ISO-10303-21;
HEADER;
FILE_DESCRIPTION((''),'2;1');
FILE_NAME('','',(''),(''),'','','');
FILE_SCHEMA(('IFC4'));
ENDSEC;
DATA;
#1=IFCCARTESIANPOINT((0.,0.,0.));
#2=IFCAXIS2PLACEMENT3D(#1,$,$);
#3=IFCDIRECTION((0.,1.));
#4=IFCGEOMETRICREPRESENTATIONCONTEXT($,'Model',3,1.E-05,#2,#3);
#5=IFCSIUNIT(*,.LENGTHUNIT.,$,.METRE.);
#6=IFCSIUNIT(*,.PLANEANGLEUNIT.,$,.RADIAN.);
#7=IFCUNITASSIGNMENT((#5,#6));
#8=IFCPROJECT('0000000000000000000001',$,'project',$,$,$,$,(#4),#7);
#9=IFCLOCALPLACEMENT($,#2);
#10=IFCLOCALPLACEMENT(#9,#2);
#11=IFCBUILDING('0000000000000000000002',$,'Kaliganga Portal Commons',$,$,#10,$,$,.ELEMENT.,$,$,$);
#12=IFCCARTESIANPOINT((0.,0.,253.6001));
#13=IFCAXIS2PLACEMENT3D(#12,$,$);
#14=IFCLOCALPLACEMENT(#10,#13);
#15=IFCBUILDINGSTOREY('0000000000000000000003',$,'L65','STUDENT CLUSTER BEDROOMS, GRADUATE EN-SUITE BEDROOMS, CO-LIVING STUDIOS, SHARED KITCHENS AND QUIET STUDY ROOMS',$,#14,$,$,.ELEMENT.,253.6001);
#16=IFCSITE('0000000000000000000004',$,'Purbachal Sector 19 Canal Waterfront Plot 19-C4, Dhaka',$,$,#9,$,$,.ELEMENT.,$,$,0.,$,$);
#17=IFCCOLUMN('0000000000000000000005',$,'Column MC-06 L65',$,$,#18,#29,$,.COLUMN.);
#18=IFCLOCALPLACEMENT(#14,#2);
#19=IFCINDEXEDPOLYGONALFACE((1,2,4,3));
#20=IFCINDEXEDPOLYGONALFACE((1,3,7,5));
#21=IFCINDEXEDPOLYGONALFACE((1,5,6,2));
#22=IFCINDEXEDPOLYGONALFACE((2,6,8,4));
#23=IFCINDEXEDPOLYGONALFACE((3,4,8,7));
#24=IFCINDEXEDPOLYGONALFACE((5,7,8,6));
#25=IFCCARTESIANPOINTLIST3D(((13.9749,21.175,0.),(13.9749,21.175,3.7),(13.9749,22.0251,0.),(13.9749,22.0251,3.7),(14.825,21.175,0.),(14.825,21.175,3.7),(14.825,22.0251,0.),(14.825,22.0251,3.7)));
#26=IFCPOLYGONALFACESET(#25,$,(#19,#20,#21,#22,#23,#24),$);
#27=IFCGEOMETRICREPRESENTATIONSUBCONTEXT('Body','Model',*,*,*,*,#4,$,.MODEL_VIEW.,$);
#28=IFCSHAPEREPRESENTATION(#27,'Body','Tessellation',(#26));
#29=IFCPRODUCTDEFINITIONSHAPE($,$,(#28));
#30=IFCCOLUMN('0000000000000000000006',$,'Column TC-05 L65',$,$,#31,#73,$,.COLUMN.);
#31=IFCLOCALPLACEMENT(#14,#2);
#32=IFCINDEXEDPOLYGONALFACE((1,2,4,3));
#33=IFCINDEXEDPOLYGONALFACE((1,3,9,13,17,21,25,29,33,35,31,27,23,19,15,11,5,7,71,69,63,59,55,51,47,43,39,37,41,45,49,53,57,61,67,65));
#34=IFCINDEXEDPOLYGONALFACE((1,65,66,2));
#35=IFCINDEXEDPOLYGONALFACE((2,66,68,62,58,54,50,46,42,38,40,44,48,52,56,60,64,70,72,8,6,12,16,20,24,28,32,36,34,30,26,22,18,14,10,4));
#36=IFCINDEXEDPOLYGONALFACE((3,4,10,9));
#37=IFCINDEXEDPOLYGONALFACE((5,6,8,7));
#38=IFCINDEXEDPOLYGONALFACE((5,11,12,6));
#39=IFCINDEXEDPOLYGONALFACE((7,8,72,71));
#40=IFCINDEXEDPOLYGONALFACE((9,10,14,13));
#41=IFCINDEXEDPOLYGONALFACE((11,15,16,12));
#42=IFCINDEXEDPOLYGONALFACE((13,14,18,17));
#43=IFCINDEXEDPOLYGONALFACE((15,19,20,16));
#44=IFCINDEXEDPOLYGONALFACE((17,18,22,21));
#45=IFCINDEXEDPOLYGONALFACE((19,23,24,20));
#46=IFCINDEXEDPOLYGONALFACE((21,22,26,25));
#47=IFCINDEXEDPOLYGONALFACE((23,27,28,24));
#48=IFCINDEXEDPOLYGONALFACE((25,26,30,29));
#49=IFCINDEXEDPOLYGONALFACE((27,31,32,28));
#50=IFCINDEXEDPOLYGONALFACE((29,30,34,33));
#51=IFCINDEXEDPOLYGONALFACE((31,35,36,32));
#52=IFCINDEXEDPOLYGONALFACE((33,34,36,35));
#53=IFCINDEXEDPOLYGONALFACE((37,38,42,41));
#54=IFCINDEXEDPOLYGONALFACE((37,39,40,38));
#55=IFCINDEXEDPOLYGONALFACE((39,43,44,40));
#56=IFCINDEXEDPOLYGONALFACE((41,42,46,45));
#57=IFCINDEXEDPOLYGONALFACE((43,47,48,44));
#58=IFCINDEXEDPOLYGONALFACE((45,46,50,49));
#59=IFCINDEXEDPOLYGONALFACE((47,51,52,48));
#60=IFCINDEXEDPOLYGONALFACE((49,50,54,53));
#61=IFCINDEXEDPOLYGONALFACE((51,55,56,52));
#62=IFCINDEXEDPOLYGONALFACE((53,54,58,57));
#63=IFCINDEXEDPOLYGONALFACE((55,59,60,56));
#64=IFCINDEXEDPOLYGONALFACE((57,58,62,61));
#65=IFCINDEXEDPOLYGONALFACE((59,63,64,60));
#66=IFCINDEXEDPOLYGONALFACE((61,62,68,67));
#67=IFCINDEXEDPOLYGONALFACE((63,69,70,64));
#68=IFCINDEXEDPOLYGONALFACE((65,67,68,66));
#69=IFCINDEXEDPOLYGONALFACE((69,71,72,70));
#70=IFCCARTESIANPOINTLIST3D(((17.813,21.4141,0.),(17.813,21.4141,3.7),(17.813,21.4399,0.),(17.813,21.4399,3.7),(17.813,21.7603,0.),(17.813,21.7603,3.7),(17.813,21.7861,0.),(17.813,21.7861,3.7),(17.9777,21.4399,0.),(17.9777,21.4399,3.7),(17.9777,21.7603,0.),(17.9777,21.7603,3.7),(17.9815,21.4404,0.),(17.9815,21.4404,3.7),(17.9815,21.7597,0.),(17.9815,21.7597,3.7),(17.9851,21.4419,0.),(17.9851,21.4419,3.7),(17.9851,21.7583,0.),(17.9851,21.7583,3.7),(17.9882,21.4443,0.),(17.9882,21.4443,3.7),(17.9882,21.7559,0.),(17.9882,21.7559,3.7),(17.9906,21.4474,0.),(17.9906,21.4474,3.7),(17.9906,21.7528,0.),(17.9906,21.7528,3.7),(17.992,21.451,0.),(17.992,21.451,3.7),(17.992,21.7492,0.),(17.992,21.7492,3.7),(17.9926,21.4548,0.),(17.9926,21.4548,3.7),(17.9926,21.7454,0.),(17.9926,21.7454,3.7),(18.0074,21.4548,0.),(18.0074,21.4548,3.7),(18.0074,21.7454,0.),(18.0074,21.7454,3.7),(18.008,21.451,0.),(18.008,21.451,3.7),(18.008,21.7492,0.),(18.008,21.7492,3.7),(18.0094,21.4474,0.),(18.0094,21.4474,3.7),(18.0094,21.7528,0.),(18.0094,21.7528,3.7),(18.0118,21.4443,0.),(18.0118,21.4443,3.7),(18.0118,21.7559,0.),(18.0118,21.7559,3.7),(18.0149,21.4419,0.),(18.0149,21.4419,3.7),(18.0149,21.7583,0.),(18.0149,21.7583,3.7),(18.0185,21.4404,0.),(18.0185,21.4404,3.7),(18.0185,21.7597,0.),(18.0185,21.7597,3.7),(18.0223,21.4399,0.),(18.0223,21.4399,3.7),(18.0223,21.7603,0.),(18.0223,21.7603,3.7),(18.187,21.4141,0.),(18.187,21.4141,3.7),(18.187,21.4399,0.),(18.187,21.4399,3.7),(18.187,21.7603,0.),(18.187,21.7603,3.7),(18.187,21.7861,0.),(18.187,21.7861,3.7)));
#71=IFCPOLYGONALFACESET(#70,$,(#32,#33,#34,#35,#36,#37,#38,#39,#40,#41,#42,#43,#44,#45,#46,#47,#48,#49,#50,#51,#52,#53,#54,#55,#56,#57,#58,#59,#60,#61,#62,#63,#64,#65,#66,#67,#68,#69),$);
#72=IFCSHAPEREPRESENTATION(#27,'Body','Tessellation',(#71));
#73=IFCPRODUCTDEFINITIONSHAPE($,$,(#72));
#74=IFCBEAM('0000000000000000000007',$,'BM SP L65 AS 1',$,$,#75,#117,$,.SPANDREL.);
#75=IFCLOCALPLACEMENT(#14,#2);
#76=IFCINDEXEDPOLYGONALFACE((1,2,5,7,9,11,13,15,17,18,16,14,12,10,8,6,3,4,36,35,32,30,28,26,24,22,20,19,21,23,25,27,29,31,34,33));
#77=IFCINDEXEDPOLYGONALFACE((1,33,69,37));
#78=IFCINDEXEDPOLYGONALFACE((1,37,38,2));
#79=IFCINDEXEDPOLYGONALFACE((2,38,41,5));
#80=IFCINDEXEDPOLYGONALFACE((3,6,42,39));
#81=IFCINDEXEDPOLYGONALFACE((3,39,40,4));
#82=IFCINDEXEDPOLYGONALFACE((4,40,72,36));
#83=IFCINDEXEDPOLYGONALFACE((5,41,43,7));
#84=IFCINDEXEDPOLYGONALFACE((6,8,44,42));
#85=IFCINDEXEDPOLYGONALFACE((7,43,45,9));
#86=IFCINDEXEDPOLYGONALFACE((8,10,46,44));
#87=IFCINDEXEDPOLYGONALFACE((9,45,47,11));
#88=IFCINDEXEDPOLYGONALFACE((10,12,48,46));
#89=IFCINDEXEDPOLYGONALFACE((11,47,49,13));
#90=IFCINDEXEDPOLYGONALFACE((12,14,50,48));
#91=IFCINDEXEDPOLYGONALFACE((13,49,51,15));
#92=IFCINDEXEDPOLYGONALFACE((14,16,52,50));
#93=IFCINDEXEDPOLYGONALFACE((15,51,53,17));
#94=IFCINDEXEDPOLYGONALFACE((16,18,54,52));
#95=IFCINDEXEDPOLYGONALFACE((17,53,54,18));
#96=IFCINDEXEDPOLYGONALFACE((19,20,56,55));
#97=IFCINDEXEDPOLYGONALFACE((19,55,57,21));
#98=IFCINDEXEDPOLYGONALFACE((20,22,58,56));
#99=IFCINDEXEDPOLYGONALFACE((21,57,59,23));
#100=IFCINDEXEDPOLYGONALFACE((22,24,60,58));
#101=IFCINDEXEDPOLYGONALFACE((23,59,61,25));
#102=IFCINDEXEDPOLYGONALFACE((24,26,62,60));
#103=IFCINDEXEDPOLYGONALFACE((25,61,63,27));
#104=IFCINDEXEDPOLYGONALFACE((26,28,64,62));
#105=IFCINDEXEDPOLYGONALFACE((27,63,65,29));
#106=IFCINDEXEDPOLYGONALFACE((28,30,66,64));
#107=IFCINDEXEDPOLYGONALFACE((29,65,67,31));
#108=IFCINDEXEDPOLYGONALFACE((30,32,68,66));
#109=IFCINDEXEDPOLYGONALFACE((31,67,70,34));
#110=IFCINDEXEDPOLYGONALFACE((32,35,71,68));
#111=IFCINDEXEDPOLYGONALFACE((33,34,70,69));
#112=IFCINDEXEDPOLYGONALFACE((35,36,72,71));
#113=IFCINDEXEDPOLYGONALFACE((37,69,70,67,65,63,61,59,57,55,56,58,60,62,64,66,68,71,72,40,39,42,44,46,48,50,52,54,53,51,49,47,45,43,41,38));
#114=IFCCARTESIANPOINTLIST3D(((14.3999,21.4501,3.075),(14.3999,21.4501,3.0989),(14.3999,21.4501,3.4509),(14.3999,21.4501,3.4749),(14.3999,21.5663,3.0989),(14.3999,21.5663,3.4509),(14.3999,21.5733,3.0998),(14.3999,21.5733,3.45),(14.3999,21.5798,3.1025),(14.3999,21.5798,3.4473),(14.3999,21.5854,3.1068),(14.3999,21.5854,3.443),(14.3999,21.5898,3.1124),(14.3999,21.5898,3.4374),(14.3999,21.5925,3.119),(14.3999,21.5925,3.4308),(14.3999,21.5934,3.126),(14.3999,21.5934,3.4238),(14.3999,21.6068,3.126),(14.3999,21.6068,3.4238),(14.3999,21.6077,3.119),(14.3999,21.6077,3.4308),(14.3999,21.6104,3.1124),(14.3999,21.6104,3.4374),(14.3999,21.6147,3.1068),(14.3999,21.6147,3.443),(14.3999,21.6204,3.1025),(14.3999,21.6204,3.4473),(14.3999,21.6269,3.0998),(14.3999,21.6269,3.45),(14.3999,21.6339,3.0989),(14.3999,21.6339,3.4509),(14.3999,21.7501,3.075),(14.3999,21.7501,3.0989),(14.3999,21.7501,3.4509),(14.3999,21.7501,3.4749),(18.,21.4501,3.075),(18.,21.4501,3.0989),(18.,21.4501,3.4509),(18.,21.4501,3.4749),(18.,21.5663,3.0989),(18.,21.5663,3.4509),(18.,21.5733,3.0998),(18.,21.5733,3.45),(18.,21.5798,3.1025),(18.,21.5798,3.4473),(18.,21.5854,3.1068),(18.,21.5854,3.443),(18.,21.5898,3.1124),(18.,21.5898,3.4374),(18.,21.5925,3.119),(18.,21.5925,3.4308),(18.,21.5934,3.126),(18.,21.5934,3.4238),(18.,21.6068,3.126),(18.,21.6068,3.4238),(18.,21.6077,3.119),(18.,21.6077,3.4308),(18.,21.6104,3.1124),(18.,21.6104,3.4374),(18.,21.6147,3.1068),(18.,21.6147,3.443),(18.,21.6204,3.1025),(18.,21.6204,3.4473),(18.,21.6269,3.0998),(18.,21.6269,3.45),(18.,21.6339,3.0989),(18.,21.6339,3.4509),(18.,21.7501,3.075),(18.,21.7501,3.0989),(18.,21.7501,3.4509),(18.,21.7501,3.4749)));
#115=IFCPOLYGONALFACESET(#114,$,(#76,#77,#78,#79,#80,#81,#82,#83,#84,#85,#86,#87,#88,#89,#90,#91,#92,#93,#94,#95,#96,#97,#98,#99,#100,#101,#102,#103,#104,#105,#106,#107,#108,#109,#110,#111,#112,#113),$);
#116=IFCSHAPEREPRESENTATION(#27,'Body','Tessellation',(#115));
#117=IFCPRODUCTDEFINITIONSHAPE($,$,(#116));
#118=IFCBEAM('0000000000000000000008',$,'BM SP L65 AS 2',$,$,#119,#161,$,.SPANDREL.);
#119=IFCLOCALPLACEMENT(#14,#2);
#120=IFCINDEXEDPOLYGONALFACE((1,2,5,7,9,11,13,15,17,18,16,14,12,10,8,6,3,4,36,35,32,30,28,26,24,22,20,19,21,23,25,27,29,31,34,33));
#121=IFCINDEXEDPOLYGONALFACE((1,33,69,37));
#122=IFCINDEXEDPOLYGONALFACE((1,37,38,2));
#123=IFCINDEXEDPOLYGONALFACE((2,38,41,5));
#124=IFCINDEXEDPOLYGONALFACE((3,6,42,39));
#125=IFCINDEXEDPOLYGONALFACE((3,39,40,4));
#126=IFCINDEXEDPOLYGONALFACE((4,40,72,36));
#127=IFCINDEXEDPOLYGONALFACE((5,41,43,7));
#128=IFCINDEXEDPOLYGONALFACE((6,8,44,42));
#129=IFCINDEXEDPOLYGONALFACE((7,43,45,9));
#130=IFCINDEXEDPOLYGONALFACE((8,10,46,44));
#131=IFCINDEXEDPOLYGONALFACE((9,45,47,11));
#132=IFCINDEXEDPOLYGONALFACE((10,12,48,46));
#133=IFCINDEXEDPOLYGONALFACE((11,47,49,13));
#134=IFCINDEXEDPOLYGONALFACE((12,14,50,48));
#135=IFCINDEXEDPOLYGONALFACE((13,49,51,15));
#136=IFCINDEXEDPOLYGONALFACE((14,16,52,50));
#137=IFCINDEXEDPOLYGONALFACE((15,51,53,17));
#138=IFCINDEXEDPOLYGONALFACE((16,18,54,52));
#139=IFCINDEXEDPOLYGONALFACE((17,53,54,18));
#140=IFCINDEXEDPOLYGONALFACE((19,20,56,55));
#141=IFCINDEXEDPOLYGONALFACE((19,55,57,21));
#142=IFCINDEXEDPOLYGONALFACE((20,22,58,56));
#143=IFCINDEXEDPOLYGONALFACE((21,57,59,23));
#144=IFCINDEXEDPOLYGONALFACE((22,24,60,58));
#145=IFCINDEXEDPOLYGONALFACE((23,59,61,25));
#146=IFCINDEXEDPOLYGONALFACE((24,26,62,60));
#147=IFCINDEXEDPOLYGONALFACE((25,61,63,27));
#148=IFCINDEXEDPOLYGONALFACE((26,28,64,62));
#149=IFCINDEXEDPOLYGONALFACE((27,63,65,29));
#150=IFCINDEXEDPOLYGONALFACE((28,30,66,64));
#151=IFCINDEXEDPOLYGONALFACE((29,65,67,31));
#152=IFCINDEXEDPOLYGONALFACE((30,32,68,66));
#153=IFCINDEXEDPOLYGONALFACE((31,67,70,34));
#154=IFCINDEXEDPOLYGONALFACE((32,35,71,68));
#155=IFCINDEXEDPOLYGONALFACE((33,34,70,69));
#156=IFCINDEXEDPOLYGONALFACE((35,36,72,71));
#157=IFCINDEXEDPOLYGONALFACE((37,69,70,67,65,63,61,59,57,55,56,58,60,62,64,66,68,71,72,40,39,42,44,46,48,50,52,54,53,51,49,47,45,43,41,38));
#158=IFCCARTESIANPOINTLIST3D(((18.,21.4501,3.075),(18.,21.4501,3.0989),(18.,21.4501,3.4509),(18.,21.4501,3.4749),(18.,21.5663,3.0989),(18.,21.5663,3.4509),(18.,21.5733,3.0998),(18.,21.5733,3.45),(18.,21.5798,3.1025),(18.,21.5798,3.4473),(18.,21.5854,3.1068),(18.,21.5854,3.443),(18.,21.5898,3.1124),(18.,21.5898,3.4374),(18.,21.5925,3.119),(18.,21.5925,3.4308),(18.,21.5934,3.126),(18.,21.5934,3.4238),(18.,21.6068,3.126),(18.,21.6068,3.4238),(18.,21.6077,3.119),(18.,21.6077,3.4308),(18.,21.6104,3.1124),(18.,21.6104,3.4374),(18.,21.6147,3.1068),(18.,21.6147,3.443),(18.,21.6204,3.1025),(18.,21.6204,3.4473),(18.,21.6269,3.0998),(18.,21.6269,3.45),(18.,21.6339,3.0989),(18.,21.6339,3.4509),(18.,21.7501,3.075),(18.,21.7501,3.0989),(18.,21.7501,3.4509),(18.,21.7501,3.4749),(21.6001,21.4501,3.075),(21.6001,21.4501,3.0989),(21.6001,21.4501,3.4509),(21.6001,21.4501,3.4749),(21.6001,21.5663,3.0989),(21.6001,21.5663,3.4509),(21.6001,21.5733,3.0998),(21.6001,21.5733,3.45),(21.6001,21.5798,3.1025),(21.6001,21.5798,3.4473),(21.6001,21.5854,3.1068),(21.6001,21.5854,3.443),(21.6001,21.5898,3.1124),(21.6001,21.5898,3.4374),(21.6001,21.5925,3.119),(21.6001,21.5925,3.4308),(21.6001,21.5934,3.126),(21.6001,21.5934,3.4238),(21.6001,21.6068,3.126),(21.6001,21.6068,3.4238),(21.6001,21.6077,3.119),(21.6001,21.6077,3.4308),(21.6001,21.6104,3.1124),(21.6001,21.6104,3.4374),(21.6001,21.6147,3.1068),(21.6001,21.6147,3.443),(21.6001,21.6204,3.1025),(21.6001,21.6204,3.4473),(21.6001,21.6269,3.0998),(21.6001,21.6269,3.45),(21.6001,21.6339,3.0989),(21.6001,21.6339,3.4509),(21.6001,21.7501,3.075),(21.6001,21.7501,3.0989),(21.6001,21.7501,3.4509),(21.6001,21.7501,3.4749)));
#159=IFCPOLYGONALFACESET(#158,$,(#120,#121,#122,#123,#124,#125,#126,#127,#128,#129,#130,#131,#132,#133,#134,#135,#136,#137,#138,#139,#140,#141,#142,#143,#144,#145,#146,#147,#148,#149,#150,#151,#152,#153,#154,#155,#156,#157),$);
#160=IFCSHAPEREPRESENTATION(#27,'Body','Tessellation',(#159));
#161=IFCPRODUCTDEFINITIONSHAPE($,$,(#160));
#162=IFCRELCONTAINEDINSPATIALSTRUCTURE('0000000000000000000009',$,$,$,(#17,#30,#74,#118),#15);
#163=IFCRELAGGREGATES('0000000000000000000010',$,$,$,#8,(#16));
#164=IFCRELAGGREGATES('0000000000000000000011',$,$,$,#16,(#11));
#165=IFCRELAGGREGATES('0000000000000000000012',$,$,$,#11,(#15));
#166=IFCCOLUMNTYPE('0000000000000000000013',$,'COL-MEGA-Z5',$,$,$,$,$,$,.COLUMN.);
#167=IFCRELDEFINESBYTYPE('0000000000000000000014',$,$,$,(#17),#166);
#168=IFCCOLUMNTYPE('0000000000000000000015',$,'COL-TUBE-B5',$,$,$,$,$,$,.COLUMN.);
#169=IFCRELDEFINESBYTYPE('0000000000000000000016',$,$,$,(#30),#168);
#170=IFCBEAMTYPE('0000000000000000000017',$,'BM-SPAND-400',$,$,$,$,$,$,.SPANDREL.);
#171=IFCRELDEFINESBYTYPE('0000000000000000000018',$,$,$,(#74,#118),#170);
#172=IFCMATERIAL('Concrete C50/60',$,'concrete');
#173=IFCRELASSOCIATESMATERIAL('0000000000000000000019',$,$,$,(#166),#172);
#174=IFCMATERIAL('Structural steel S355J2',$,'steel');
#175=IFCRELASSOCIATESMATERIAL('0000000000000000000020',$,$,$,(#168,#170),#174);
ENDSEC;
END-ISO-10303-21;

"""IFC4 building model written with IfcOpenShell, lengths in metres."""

from ifc_helpers import new_model, si_unit, direction, frame, origin, origin_2d, place, context, subcontext, project, spatial, rectangle, i_section, extrude, source, transform, mapped, material, material_profile, profile_set, type_object, element, save


model = new_model("IFC4")

# Units and contexts
model_context = context("Model", 3, precision=1e-05, world=origin(), true_north=direction((0.0, 1.0)))
body_context = subcontext(model_context, "Body", "Model", "MODEL_VIEW")
ifc_project = project(units=[si_unit("LENGTHUNIT", "METRE"), si_unit("PLANEANGLEUNIT", "RADIAN")], contexts=[model_context])

# Site, building, storey
site_placement = place(None, origin())
site = spatial("IfcSite", under=ifc_project, at=site_placement, Name="Purbachal Sector 19 Canal Waterfront Plot 19-C4, Dhaka", CompositionType="ELEMENT", RefElevation=0.0)
building_placement = place(site_placement, origin())
building = spatial("IfcBuilding", under=site, at=building_placement, Name="Kaliganga Portal Commons", CompositionType="ELEMENT")
storey_placement = place(building_placement, frame((0.0, 0.0, 253.6001)))
storey = spatial("IfcBuildingStorey", under=building, at=storey_placement, Name="L65", Description="STUDENT CLUSTER BEDROOMS, GRADUATE EN-SUITE BEDROOMS, CO-LIVING STUDIOS, SHARED KITCHENS AND QUIET STUDY ROOMS", CompositionType="ELEMENT", Elevation=253.6001)

# Columns
ifc_material_1 = material(Name="Concrete C50/60", Category="concrete")
ifc_material_profile_1 = material_profile(ifc_material_1, rectangle(XDim=0.8501, YDim=0.8501, at=origin_2d()), Name="RC 850x850")
ifc_profile_set_1 = profile_set([ifc_material_profile_1], Name="Concrete C50/60")
column_type_1 = type_object("IfcColumnType", Name="COL-MEGA-Z5", PredefinedType="COLUMN", material=ifc_profile_set_1)
shared_shape_1 = source(origin(), body_context, "Body", "SweptSolid", [
    extrude(rectangle(XDim=0.8501, YDim=0.8501, at=origin_2d()), origin(), (0.0, 0.0, 1.0), 3.7),
])
column_1_placement = place(storey_placement, frame((14.3999, 21.6001, 0.0), z_axis=(0.0, 0.0, 1.0), x_axis=(1.0, 0.0, 0.0)))
element("IfcColumn", 1, at=column_1_placement, inside=storey, type_object=column_type_1, Name="Column MC-06 L65", PredefinedType="COLUMN", context=body_context, shape_type="MappedRepresentation", body=[
    mapped(shared_shape_1, transform((0.0, 0.0, 0.0), x_axis=(1.0, 0.0, 0.0), y_axis=(0.0, 1.0, 0.0), z_axis=(0.0, 0.0, 1.0), scale=1.0)),
])
ifc_material_2 = material(Name="Structural steel S355J2", Category="steel")
ifc_material_profile_2 = material_profile(ifc_material_2, i_section(OverallWidth=0.374, OverallDepth=0.3721, WebThickness=0.0149, FlangeThickness=0.0259, FilletRadius=0.0149, at=origin_2d()), Name="HD 360x196")
ifc_profile_set_2 = profile_set([ifc_material_profile_2], Name="Structural steel S355J2 wide-flange")
column_type_2 = type_object("IfcColumnType", Name="COL-TUBE-B5", PredefinedType="COLUMN", material=ifc_profile_set_2)
shared_shape_2 = source(origin(), body_context, "Body", "SweptSolid", [
    extrude(i_section(OverallWidth=0.374, OverallDepth=0.3721, WebThickness=0.0149, FlangeThickness=0.0259, FilletRadius=0.0149, at=origin_2d()), origin(), (0.0, 0.0, 1.0), 3.7),
])
column_2_placement = place(storey_placement, frame((18.0, 21.6001, 0.0), z_axis=(0.0, 0.0, 1.0), x_axis=(1.0, 0.0, 0.0)))
element("IfcColumn", 2, at=column_2_placement, inside=storey, type_object=column_type_2, Name="Column TC-05 L65", PredefinedType="COLUMN", context=body_context, shape_type="MappedRepresentation", body=[
    mapped(shared_shape_2, transform((0.0, 0.0, 0.0), x_axis=(1.0, 0.0, 0.0), y_axis=(0.0, 1.0, 0.0), z_axis=(0.0, 0.0, 1.0), scale=1.0)),
])

# Beams
ifc_material_profile_3 = material_profile(ifc_material_2, i_section(OverallWidth=0.3, OverallDepth=0.3999, WebThickness=0.0134, FlangeThickness=0.0239, FilletRadius=0.0271, at=origin_2d()), Name="HE 400 B")
ifc_profile_set_3 = profile_set([ifc_material_profile_3], Name="Structural steel S355J2 wide-flange")
beam_type_1 = type_object("IfcBeamType", Name="BM-SPAND-400", PredefinedType="SPANDREL", material=ifc_profile_set_3)
shared_shape_3 = source(origin(), body_context, "Body", "SweptSolid", [
    extrude(i_section(OverallWidth=0.3, OverallDepth=0.3999, WebThickness=0.0134, FlangeThickness=0.0239, FilletRadius=0.0271, at=origin_2d()), origin(), (0.0, 0.0, 1.0), 3.6001),
])
for number, where, z_axis, x_axis, name in (
    (3, (14.3999, 21.6001, 3.2749), (1.0, 0.0, 0.0), (0.0, 1.0, 0.0), "BM SP L65 AS 1"),
    (4, (18.0, 21.6001, 3.2749), (1.0, 0.0, 0.0), (0.0, 1.0, 0.0), "BM SP L65 AS 2"),
):
    element("IfcBeam", number, at=place(storey_placement, frame(where, z_axis=z_axis, x_axis=x_axis)), inside=storey, type_object=beam_type_1, Name=name, PredefinedType="SPANDREL", context=body_context, shape_type="MappedRepresentation", body=[
        mapped(shared_shape_3, transform((0.0, 0.0, 0.0), x_axis=(1.0, 0.0, 0.0), y_axis=(0.0, 1.0, 0.0), z_axis=(0.0, 0.0, 1.0), scale=1.0)),
    ])

save(model, "model.ifc")
